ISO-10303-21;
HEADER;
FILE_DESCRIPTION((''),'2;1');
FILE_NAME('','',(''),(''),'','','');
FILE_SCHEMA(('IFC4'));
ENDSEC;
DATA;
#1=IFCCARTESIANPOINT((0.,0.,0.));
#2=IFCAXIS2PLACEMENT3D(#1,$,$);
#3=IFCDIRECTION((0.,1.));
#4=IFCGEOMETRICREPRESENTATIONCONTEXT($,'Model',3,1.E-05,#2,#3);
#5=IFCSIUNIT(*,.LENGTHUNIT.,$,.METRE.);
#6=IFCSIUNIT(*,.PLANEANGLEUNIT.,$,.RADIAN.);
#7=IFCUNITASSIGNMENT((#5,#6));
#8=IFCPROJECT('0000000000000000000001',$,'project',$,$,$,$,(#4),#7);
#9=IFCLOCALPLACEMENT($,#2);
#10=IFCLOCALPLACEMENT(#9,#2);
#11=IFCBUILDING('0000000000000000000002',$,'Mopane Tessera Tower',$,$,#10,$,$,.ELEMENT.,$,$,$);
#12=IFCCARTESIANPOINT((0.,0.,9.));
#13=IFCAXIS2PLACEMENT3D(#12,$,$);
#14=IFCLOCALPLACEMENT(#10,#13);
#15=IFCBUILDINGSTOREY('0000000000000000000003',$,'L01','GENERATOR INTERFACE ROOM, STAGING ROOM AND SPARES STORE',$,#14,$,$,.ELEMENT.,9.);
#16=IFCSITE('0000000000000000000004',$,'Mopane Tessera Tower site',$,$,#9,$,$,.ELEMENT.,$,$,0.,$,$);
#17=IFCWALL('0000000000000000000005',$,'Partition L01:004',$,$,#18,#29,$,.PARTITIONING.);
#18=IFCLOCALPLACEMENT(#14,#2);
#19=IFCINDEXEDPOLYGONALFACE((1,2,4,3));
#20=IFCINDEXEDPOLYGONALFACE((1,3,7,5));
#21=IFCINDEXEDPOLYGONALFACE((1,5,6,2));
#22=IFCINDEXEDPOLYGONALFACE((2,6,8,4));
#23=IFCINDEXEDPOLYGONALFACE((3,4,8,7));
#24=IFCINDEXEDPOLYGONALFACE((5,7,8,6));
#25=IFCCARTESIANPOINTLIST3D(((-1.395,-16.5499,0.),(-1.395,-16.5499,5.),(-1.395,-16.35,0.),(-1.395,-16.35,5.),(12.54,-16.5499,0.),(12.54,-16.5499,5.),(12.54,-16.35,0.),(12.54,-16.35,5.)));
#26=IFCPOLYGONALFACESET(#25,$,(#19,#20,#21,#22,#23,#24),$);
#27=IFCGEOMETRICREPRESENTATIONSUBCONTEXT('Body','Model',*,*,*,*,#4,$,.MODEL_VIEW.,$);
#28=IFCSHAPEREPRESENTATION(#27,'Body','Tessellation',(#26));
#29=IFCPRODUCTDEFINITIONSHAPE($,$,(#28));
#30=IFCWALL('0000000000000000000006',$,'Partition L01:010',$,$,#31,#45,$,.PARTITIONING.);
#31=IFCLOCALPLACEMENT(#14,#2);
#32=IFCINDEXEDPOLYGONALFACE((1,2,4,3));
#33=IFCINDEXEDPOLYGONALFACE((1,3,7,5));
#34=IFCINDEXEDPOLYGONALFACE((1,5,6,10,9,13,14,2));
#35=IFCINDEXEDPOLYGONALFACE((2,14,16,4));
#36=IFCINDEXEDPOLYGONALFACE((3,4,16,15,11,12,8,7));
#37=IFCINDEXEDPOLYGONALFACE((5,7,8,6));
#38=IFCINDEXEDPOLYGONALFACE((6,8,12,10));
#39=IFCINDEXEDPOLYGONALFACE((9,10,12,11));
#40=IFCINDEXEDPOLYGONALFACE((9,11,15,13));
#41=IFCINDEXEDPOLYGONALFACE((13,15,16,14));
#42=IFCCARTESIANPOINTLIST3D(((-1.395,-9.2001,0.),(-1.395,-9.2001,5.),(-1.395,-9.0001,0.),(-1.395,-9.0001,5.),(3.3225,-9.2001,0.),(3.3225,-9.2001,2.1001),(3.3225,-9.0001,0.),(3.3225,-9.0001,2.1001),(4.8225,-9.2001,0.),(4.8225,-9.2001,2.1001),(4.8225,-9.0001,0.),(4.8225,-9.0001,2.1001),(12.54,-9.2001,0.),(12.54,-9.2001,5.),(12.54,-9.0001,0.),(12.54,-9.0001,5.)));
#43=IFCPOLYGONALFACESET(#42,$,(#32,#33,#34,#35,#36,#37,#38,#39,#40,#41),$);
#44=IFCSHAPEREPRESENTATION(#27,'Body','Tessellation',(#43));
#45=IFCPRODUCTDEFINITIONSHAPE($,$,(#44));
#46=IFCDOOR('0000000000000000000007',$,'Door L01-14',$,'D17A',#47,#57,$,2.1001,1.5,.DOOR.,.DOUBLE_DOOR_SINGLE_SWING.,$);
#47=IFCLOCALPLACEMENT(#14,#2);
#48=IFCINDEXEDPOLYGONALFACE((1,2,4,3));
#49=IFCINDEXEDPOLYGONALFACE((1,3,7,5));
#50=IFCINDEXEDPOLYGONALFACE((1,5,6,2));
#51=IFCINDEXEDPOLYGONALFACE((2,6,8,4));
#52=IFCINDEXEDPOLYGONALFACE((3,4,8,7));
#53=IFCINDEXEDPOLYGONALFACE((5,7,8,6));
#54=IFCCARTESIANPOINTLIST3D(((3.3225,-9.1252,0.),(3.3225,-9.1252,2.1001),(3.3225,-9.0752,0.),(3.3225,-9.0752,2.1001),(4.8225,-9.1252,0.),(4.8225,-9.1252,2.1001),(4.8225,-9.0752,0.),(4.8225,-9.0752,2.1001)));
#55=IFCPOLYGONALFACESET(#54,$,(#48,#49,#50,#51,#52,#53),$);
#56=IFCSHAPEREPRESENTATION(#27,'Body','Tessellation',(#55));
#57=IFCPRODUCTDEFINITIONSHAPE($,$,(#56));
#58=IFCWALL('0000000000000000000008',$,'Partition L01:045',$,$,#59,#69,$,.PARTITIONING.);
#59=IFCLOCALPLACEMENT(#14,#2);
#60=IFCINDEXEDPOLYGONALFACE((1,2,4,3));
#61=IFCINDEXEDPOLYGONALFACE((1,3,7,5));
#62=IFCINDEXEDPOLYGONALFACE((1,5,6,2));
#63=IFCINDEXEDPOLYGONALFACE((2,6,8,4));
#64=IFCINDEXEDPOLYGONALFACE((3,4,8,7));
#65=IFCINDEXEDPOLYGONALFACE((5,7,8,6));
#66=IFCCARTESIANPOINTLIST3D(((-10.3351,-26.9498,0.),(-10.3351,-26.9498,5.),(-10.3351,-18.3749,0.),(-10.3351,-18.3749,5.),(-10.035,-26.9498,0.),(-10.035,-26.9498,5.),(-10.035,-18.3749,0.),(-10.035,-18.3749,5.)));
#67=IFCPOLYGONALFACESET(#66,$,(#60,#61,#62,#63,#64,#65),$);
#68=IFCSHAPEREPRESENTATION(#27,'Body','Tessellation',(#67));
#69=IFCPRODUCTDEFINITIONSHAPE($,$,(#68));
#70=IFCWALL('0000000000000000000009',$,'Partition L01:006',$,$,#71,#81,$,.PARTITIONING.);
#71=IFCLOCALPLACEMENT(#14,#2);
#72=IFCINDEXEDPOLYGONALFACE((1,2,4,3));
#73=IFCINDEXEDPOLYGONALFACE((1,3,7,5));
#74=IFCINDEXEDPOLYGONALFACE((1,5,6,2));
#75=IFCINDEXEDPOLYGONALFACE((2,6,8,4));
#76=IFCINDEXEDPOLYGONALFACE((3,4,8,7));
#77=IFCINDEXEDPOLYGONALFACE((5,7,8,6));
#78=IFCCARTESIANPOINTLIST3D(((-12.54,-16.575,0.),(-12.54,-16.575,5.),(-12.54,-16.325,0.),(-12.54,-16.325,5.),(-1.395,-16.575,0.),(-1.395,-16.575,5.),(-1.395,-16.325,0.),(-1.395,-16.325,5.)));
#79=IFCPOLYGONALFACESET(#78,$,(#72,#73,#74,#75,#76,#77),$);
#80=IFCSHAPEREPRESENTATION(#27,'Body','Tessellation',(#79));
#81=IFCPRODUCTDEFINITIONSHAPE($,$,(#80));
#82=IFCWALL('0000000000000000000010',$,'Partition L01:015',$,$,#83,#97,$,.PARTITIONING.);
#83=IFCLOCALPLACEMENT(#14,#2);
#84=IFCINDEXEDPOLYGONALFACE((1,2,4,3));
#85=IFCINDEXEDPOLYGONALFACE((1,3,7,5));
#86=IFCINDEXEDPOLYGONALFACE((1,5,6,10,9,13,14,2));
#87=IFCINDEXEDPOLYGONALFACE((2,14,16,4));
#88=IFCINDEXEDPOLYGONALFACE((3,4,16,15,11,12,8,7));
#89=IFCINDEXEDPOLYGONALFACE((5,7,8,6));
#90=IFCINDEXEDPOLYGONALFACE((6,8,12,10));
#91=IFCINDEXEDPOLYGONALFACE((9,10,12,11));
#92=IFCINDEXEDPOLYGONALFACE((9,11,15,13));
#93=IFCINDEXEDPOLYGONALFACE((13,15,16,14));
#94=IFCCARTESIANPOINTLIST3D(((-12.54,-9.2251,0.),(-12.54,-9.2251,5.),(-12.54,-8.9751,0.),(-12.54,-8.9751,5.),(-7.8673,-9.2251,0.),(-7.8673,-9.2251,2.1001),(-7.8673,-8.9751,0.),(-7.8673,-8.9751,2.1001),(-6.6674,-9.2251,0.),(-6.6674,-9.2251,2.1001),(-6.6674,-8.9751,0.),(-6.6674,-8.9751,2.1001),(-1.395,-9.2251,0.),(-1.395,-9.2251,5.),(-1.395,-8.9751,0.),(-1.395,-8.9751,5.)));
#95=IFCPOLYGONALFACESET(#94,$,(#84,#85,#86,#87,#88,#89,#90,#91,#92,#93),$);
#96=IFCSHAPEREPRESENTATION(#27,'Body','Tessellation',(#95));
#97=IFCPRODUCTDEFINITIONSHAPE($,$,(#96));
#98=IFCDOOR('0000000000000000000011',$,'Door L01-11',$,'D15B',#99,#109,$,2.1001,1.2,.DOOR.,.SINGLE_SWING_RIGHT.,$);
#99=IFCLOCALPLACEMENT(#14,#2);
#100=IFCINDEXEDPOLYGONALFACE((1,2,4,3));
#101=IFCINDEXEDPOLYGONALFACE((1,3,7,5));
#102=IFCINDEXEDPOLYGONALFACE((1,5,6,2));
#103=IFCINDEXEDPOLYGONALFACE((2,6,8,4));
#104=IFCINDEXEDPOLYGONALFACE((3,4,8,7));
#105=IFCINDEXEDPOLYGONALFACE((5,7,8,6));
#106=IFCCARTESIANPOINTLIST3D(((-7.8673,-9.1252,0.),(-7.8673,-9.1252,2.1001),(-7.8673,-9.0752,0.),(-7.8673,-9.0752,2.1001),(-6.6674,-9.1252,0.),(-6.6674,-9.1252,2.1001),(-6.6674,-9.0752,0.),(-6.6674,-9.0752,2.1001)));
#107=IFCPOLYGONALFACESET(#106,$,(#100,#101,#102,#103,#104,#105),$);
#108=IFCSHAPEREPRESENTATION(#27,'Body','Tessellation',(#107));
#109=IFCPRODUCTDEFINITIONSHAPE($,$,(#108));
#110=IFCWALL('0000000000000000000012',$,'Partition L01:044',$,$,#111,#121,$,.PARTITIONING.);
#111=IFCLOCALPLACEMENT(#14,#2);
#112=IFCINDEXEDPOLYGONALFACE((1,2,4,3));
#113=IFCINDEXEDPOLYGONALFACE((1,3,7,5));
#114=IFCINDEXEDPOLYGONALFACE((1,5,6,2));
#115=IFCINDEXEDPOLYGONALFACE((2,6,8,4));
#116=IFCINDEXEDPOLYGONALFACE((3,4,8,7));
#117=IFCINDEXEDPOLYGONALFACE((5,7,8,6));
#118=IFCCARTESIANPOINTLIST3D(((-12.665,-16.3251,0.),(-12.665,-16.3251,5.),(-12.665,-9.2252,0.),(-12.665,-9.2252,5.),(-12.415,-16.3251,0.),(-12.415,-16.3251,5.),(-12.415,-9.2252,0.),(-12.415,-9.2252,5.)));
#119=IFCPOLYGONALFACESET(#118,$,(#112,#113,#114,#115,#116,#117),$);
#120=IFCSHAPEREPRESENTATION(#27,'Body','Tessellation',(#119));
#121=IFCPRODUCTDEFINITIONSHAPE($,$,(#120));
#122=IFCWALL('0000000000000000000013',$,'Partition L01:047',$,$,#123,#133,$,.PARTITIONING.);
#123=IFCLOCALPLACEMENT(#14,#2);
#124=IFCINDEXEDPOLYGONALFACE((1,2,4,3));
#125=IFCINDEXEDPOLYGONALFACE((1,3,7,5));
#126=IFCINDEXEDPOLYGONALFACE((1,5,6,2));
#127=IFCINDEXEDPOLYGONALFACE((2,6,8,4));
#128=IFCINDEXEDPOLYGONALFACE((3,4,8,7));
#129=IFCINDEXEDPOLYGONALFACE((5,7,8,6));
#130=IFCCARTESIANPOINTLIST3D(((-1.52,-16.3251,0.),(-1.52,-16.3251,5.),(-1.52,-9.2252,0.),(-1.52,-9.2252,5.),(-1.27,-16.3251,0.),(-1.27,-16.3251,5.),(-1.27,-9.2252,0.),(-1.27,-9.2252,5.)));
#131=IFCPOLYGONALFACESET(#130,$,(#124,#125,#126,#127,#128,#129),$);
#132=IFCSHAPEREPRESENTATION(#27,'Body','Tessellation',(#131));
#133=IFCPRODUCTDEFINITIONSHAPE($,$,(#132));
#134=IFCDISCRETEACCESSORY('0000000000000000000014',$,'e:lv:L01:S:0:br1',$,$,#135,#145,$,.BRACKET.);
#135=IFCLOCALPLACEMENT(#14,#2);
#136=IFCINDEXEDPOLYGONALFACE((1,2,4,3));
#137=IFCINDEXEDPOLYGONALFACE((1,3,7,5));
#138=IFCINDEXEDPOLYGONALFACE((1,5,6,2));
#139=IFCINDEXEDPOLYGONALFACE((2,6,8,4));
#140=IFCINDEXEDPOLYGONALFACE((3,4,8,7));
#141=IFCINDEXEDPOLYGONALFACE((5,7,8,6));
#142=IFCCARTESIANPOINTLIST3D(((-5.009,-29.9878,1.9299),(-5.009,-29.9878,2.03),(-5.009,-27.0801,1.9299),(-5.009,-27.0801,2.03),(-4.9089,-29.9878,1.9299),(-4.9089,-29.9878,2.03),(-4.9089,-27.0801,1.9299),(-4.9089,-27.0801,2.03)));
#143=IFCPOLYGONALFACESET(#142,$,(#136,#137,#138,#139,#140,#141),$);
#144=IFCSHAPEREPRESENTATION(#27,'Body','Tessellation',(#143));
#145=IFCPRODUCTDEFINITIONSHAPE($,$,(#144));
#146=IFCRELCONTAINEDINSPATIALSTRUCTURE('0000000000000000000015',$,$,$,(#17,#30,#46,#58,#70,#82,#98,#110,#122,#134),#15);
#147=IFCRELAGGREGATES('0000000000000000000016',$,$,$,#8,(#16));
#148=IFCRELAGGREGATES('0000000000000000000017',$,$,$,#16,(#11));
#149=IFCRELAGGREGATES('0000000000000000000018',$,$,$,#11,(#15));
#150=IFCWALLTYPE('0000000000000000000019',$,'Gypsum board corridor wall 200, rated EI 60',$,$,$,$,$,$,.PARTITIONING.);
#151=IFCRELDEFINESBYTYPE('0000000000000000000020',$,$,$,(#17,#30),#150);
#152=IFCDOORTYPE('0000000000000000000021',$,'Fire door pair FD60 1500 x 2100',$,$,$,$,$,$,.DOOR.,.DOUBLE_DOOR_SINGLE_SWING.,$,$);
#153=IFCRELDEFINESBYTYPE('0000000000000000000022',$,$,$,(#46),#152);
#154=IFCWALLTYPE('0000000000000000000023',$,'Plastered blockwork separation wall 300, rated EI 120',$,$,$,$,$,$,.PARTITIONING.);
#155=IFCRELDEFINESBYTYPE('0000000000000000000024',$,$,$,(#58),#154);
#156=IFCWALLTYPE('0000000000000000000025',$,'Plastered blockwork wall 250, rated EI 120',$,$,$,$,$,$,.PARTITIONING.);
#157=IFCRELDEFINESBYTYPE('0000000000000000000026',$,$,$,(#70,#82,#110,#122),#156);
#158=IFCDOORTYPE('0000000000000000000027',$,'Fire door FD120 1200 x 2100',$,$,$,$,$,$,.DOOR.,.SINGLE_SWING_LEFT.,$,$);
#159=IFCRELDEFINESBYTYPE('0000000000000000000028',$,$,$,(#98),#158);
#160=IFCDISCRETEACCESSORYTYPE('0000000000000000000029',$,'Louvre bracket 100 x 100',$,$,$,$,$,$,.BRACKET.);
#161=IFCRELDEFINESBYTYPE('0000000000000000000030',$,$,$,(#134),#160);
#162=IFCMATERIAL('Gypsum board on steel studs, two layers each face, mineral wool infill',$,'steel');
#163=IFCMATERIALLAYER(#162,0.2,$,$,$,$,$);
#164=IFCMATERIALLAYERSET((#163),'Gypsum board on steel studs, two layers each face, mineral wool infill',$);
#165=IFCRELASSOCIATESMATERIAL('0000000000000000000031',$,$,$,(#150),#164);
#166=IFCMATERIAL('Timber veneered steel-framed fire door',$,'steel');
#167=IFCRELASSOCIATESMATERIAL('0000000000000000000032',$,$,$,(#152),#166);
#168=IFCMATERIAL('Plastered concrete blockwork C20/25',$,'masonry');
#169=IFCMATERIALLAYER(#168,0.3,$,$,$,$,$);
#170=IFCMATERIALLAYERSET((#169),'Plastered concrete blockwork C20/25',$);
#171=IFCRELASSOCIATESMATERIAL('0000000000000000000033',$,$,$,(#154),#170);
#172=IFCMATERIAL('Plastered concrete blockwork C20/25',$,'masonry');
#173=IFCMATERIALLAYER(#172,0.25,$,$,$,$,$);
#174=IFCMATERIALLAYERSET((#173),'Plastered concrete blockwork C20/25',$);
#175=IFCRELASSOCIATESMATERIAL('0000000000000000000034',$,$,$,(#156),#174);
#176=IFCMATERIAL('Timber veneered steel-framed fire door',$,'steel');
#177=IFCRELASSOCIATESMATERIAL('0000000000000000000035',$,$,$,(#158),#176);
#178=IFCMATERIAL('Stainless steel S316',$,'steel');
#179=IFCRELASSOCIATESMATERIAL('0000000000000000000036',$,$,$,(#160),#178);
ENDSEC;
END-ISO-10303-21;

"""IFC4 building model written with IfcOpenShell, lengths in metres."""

from ifc_helpers import new_model, si_unit, direction, frame, frame_2d, origin, origin_2d, place, context, subcontext, project, spatial, rectangle, extrude, material, layer, layer_set, type_object, element, fill, save


model = new_model("IFC4")

# Units and contexts
model_context = context("Model", 3, precision=1e-05, world=origin(), true_north=direction((0.0, 1.0)))
body_context = subcontext(model_context, "Body", "Model", "MODEL_VIEW")
ifc_project = project(units=[si_unit("LENGTHUNIT", "METRE"), si_unit("PLANEANGLEUNIT", "RADIAN")], contexts=[model_context])

# Site, building, storey
site_placement = place(None, origin())
site = spatial("IfcSite", under=ifc_project, at=site_placement, Name="Mopane Tessera Tower site", CompositionType="ELEMENT", RefElevation=0.0)
building_placement = place(site_placement, origin())
building = spatial("IfcBuilding", under=site, at=building_placement, Name="Mopane Tessera Tower", CompositionType="ELEMENT")
storey_placement = place(building_placement, frame((0.0, 0.0, 9.0)))
storey = spatial("IfcBuildingStorey", under=building, at=storey_placement, Name="L01", Description="GENERATOR INTERFACE ROOM, STAGING ROOM AND SPARES STORE", CompositionType="ELEMENT", Elevation=9.0)

# Wall
ifc_material_1 = material(Name="Gypsum board on steel studs, two layers each face, mineral wool infill", Category="steel")
ifc_layer_1 = layer(ifc_material_1, 0.2)
ifc_layer_set_1 = layer_set([ifc_layer_1], Name="Gypsum board on steel studs, two layers each face, mineral wool infill")
wall_type_1 = type_object("IfcWallType", Name="Gypsum board corridor wall 200, rated EI 60", PredefinedType="PARTITIONING", material=ifc_layer_set_1)
wall_1_placement = place(storey_placement, frame((-1.395, -16.45, 0.0), z_axis=(0.0, 0.0, 1.0), x_axis=(1.0, 0.0, 0.0)))
element("IfcWall", 1, at=wall_1_placement, inside=storey, type_object=wall_type_1, Name="Partition L01:004", PredefinedType="PARTITIONING", context=body_context, shape_type="SweptSolid", body=[
    extrude(rectangle(XDim=13.9351, YDim=0.2, at=frame_2d((6.9675, 0.0))), origin(), (0.0, 0.0, 1.0), 5.0),
])

# Wall, opening, door
wall_2_placement = place(storey_placement, frame((-1.395, -9.1001, 0.0), z_axis=(0.0, 0.0, 1.0), x_axis=(1.0, 0.0, 0.0)))
wall_2 = element("IfcWall", 2, at=wall_2_placement, inside=storey, type_object=wall_type_1, Name="Partition L01:010", PredefinedType="PARTITIONING", context=body_context, shape_type="SweptSolid", body=[
    extrude(rectangle(XDim=13.9351, YDim=0.2, at=frame_2d((6.9675, 0.0))), origin(), (0.0, 0.0, 1.0), 5.0),
])
opening_1_placement = place(wall_2_placement, frame((4.7175, 0.0, 0.0)))
opening_1 = element("IfcOpeningElement", 3, at=opening_1_placement, cuts=wall_2, PredefinedType="OPENING", context=body_context, shape_type="SweptSolid", body=[
    extrude(rectangle(XDim=1.5, YDim=2.1001, at=frame_2d((0.75, 1.05))), frame((0.0, 0.1121, 0.0), z_axis=(0.0, -1.0, 0.0), x_axis=(1.0, 0.0, 0.0)), (0.0, 0.0, 1.0), 0.2239),
])
ifc_material_2 = material(Name="Timber veneered steel-framed fire door", Category="steel")
door_type_1 = type_object("IfcDoorType", Name="Fire door pair FD60 1500 x 2100", OperationType="DOUBLE_DOOR_SINGLE_SWING", PredefinedType="DOOR", material=ifc_material_2)
door_1_placement = place(opening_1_placement, origin())
door_1 = element("IfcDoor", 4, at=door_1_placement, inside=storey, type_object=door_type_1, Name="Door L01-14", ObjectType="D17A", OperationType="DOUBLE_DOOR_SINGLE_SWING", OverallHeight=2.1001, OverallWidth=1.5, PredefinedType="DOOR", context=body_context, shape_type="SweptSolid", body=[
    extrude(rectangle(XDim=1.5, YDim=2.1001, at=frame_2d((0.75, 1.05))), frame((0.0, 0.0249, 0.0), z_axis=(0.0, -1.0, 0.0), x_axis=(1.0, 0.0, 0.0)), (0.0, 0.0, 1.0), 0.05),
])
fill(opening_1, door_1)

# Walls
ifc_material_3 = material(Name="Plastered concrete blockwork C20/25", Category="masonry")
ifc_layer_2 = layer(ifc_material_3, 0.3)
ifc_layer_set_2 = layer_set([ifc_layer_2], Name="Plastered concrete blockwork C20/25")
wall_type_2 = type_object("IfcWallType", Name="Plastered blockwork separation wall 300, rated EI 120", PredefinedType="PARTITIONING", material=ifc_layer_set_2)
wall_3_placement = place(storey_placement, frame((-10.1851, -26.95, 0.0), z_axis=(0.0, 0.0, 1.0), x_axis=(0.0, 1.0, 0.0)))
element("IfcWall", 5, at=wall_3_placement, inside=storey, type_object=wall_type_2, Name="Partition L01:045", PredefinedType="PARTITIONING", context=body_context, shape_type="SweptSolid", body=[
    extrude(rectangle(XDim=8.575, YDim=0.3, at=frame_2d((4.2876, 0.0))), origin(), (0.0, 0.0, 1.0), 5.0),
])
ifc_material_4 = material(Name="Plastered concrete blockwork C20/25", Category="masonry")
ifc_layer_3 = layer(ifc_material_4, 0.25)
ifc_layer_set_3 = layer_set([ifc_layer_3], Name="Plastered concrete blockwork C20/25")
wall_type_3 = type_object("IfcWallType", Name="Plastered blockwork wall 250, rated EI 120", PredefinedType="PARTITIONING", material=ifc_layer_set_3)
wall_4_placement = place(storey_placement, frame((-12.54, -16.45, 0.0), z_axis=(0.0, 0.0, 1.0), x_axis=(1.0, 0.0, 0.0)))
element("IfcWall", 6, at=wall_4_placement, inside=storey, type_object=wall_type_3, Name="Partition L01:006", PredefinedType="PARTITIONING", context=body_context, shape_type="SweptSolid", body=[
    extrude(rectangle(XDim=11.145, YDim=0.25, at=frame_2d((5.5725, 0.0))), origin(), (0.0, 0.0, 1.0), 5.0),
])

# Wall, opening, door
wall_5_placement = place(storey_placement, frame((-12.54, -9.1001, 0.0), z_axis=(0.0, 0.0, 1.0), x_axis=(1.0, 0.0, 0.0)))
wall_5 = element("IfcWall", 7, at=wall_5_placement, inside=storey, type_object=wall_type_3, Name="Partition L01:015", PredefinedType="PARTITIONING", context=body_context, shape_type="SweptSolid", body=[
    extrude(rectangle(XDim=11.145, YDim=0.25, at=frame_2d((5.5725, 0.0))), origin(), (0.0, 0.0, 1.0), 5.0),
])
opening_2_placement = place(wall_5_placement, frame((4.6726, 0.0, 0.0)))
opening_2 = element("IfcOpeningElement", 8, at=opening_2_placement, cuts=wall_5, PredefinedType="OPENING", context=body_context, shape_type="SweptSolid", body=[
    extrude(rectangle(XDim=1.2, YDim=2.1001, at=frame_2d((0.6001, 1.05))), frame((0.0, 0.137, 0.0), z_axis=(0.0, -1.0, 0.0), x_axis=(1.0, 0.0, 0.0)), (0.0, 0.0, 1.0), 0.2739),
])
ifc_material_5 = material(Name="Timber veneered steel-framed fire door", Category="steel")
door_type_2 = type_object("IfcDoorType", Name="Fire door FD120 1200 x 2100", OperationType="SINGLE_SWING_LEFT", PredefinedType="DOOR", material=ifc_material_5)
door_2_placement = place(opening_2_placement, origin())
door_2 = element("IfcDoor", 9, at=door_2_placement, inside=storey, type_object=door_type_2, Name="Door L01-11", ObjectType="D15B", OperationType="SINGLE_SWING_RIGHT", OverallHeight=2.1001, OverallWidth=1.2, PredefinedType="DOOR", context=body_context, shape_type="SweptSolid", body=[
    extrude(rectangle(XDim=1.2, YDim=2.1001, at=frame_2d((0.6001, 1.05))), frame((0.0, 0.0249, 0.0), z_axis=(0.0, -1.0, 0.0), x_axis=(1.0, 0.0, 0.0)), (0.0, 0.0, 1.0), 0.05),
])
fill(opening_2, door_2)

# Walls
for number, where, z_axis, x_axis, name in (
    (10, (-12.54, -16.325, 0.0), (0.0, 0.0, 1.0), (0.0, 1.0, 0.0), "Partition L01:044"),
    (11, (-1.395, -16.325, 0.0), (0.0, 0.0, 1.0), (0.0, 1.0, 0.0), "Partition L01:047"),
):
    element("IfcWall", number, at=place(storey_placement, frame(where, z_axis=z_axis, x_axis=x_axis)), inside=storey, type_object=wall_type_3, Name=name, PredefinedType="PARTITIONING", context=body_context, shape_type="SweptSolid", body=[
        extrude(rectangle(XDim=7.0999, YDim=0.25, at=frame_2d((3.5498, 0.0))), origin(), (0.0, 0.0, 1.0), 5.0),
    ])

# Discrete accessory
ifc_material_6 = material(Name="Stainless steel S316", Category="steel")
discrete_accessory_type = type_object("IfcDiscreteAccessoryType", Name="Louvre bracket 100 x 100", PredefinedType="BRACKET", material=ifc_material_6)
discrete_accessory_placement = place(storey_placement, frame((-4.959, -28.5339, 1.9299), z_axis=(0.0, 0.0, 1.0), x_axis=(0.0, -1.0, 0.0)))
element("IfcDiscreteAccessory", 12, at=discrete_accessory_placement, inside=storey, type_object=discrete_accessory_type, Name="e:lv:L01:S:0:br1", PredefinedType="BRACKET", context=body_context, shape_type="SweptSolid", body=[
    extrude(rectangle(XDim=2.9077, YDim=0.1001, at=origin_2d()), origin(), (0.0, 0.0, 1.0), 0.1001),
])

save(model, "model.ifc")
